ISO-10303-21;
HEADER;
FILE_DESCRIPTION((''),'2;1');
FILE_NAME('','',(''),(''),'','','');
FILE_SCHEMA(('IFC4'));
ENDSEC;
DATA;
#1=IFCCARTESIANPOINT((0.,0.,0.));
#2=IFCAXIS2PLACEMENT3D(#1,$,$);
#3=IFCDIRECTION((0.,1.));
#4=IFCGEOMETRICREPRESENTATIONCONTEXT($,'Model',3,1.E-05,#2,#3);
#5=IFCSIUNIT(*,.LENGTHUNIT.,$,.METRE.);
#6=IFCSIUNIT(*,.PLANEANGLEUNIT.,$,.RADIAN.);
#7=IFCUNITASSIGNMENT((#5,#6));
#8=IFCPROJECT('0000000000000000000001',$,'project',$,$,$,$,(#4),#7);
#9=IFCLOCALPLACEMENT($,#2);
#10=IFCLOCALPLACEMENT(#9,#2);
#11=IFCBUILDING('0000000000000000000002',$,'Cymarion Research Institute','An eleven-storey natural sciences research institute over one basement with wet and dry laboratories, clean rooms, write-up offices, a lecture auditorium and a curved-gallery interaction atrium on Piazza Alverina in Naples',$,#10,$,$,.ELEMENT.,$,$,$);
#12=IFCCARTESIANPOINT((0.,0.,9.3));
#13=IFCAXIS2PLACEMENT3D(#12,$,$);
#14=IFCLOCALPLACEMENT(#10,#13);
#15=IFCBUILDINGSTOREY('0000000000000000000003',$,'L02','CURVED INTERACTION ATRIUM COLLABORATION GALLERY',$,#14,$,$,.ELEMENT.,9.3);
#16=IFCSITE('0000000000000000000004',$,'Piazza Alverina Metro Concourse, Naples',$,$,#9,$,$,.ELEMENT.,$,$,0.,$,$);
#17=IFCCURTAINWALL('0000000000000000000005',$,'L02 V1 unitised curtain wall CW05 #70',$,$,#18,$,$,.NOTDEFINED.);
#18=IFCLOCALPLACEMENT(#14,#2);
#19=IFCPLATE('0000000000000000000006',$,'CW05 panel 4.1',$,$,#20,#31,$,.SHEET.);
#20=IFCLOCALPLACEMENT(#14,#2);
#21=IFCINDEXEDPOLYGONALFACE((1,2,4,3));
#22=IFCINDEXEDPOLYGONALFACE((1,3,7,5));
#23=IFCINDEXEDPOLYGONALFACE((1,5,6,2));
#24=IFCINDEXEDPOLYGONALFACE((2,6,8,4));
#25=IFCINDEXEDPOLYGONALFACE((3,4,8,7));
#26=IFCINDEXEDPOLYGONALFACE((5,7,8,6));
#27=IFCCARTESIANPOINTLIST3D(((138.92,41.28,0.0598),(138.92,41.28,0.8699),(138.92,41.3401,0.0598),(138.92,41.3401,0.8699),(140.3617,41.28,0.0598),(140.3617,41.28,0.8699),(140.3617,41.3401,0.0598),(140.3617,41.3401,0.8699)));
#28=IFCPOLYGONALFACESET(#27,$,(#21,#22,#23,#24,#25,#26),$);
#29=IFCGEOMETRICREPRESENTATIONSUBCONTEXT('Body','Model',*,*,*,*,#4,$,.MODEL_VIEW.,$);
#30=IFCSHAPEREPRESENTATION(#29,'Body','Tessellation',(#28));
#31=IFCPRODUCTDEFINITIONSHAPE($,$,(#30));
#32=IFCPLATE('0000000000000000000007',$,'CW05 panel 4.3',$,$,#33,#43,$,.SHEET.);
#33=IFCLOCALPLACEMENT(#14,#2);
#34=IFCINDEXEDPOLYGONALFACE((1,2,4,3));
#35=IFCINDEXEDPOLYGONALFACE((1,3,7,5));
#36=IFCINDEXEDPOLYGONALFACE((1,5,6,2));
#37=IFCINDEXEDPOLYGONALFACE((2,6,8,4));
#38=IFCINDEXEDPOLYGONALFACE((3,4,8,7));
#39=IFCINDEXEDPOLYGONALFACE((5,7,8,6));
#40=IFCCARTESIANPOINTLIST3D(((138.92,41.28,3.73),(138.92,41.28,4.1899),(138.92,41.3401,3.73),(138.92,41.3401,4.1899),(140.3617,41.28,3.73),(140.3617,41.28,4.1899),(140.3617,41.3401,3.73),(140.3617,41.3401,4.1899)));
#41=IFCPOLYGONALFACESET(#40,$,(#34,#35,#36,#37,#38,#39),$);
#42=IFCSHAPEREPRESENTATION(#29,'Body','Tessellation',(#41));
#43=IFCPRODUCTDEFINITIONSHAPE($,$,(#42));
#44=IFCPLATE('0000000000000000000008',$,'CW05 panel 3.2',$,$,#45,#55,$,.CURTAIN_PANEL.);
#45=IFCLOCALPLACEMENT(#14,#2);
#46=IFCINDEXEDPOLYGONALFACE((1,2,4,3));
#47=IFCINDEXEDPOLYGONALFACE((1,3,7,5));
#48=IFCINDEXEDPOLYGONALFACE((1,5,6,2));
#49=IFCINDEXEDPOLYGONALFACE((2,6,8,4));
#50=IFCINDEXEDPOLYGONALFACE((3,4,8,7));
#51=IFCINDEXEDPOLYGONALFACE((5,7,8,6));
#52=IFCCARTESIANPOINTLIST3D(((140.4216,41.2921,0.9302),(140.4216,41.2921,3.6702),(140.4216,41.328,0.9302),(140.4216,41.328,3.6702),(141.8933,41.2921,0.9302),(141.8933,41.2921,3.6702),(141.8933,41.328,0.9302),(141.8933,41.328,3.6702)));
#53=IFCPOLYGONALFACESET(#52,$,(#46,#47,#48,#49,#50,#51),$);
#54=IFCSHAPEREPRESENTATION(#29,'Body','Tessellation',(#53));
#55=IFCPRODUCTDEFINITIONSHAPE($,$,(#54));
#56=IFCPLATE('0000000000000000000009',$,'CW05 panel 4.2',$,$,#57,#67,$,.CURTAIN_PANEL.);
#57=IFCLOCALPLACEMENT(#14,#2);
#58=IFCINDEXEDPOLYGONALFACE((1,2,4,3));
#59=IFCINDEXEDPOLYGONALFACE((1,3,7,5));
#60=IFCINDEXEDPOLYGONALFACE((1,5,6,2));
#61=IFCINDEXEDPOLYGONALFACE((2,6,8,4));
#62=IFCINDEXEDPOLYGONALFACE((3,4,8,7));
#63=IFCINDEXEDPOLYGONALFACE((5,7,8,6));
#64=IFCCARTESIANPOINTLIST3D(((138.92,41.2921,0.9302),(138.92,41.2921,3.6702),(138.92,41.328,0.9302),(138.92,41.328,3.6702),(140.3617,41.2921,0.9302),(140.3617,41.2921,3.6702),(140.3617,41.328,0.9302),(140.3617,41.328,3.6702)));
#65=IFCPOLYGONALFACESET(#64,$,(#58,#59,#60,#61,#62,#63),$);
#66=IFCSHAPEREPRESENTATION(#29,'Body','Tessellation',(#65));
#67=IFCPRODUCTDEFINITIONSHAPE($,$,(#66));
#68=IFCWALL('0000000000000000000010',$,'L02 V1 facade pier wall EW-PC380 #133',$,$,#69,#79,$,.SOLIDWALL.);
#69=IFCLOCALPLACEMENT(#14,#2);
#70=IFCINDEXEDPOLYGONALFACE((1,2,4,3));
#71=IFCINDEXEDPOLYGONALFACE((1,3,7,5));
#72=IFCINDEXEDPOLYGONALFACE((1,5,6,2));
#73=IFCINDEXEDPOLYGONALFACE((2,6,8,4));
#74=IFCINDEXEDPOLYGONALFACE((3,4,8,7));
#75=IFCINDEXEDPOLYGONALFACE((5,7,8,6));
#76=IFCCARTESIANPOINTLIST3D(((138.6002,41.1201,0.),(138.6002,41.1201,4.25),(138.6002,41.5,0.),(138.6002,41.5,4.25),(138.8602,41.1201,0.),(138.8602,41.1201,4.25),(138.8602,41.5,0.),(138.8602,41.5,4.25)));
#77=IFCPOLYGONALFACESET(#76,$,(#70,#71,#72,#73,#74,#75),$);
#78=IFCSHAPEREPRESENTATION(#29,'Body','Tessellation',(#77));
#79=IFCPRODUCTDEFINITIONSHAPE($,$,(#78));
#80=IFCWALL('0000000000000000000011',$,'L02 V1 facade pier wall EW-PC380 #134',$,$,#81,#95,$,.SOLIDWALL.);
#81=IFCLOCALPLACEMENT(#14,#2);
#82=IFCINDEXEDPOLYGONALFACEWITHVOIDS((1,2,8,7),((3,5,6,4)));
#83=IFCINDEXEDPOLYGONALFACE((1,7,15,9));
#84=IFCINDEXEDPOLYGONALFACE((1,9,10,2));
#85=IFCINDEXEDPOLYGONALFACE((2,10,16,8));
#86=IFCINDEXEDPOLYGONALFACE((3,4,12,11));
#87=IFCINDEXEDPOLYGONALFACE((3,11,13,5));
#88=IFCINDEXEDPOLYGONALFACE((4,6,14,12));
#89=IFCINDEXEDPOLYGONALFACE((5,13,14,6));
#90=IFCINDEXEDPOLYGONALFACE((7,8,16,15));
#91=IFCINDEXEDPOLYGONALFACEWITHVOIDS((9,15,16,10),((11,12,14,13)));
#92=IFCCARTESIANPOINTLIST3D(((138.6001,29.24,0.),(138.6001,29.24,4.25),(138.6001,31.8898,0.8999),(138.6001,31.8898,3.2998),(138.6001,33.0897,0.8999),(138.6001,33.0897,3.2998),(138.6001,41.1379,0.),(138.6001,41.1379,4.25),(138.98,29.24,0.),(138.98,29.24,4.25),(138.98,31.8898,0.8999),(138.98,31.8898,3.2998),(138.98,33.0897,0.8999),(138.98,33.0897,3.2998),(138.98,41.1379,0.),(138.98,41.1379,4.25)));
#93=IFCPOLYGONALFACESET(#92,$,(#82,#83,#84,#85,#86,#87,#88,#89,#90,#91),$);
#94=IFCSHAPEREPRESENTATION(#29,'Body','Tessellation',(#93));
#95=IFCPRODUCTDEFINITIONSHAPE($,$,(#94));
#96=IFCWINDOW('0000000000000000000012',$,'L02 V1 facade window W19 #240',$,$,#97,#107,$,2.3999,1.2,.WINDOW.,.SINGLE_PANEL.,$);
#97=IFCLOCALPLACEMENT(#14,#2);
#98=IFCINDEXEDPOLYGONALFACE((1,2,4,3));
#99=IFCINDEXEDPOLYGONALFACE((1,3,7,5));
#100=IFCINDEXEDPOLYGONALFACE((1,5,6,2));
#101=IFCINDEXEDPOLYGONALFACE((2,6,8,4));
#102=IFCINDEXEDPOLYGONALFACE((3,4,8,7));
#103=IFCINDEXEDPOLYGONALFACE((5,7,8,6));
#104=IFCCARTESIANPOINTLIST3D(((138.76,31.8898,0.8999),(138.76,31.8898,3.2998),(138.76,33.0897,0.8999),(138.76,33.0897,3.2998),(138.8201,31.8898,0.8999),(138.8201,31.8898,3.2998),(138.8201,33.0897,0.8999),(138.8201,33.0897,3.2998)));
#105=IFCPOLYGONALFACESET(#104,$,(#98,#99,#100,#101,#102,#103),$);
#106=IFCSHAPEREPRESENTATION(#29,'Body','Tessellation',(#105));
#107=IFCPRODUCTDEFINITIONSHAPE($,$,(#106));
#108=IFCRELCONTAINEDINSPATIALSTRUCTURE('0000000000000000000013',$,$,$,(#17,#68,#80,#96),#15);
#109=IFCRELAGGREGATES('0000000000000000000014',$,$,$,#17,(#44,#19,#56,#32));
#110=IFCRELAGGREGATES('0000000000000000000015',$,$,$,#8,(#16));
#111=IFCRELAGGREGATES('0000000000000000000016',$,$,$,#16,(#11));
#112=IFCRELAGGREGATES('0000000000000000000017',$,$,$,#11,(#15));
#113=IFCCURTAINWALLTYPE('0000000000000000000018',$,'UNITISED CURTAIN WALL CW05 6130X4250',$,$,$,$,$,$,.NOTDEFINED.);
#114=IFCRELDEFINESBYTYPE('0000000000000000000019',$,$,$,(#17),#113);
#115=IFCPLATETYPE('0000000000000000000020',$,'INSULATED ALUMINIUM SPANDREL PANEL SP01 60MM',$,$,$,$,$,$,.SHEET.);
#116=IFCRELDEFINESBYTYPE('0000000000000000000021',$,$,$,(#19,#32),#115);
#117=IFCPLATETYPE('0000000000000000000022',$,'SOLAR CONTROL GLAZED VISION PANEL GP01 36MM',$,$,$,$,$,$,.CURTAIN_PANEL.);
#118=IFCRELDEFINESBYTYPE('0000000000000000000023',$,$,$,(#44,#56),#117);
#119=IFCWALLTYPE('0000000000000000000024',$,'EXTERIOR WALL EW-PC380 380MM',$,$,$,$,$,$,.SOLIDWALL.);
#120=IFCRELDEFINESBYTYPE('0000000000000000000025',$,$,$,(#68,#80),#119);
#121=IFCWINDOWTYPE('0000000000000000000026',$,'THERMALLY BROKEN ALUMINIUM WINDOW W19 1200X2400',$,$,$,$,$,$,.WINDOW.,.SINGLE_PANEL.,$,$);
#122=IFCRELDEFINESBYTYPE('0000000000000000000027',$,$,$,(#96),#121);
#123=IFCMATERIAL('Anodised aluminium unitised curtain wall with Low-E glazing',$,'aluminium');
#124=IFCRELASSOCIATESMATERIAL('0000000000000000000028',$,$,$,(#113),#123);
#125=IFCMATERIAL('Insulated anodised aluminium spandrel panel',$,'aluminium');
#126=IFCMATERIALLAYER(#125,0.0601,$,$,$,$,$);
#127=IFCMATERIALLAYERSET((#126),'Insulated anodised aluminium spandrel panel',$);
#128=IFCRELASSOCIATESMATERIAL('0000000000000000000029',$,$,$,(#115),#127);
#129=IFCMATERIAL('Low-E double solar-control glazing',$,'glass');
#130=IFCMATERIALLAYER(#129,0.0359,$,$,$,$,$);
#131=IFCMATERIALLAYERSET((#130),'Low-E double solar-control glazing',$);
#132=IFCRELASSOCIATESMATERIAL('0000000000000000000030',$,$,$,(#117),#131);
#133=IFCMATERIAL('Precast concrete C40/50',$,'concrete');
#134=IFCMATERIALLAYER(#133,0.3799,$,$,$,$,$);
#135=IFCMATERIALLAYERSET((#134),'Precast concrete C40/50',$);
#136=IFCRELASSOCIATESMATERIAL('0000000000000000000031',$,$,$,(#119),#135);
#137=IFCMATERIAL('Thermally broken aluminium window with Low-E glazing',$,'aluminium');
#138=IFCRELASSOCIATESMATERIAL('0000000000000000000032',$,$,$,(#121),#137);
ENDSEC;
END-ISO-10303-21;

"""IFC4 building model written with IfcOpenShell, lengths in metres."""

from ifc_helpers import new_model, si_unit, direction, frame, frame_2d, origin, origin_2d, place, context, subcontext, project, spatial, rectangle, extrude, material, layer, layer_set, type_object, element, fill, aggregate, save


model = new_model("IFC4")

# Units and contexts
model_context = context("Model", 3, precision=1e-05, world=origin(), true_north=direction((0.0, 1.0)))
body_context = subcontext(model_context, "Body", "Model", "MODEL_VIEW")
ifc_project = project(units=[si_unit("LENGTHUNIT", "METRE"), si_unit("PLANEANGLEUNIT", "RADIAN")], contexts=[model_context])

# Site, building, storey
site_placement = place(None, origin())
site = spatial("IfcSite", under=ifc_project, at=site_placement, Name="Piazza Alverina Metro Concourse, Naples", CompositionType="ELEMENT", RefElevation=0.0)
building_placement = place(site_placement, origin())
building = spatial("IfcBuilding", under=site, at=building_placement, Name="Cymarion Research Institute", Description="An eleven-storey natural sciences research institute over one basement with wet and dry laboratories, clean rooms, write-up offices, a lecture auditorium and a curved-gallery interaction atrium on Piazza Alverina in Naples", CompositionType="ELEMENT")
storey_placement = place(building_placement, frame((0.0, 0.0, 9.3)))
storey = spatial("IfcBuildingStorey", under=building, at=storey_placement, Name="L02", Description="CURVED INTERACTION ATRIUM COLLABORATION GALLERY", CompositionType="ELEMENT", Elevation=9.3)

# Curtain wall
ifc_material_1 = material(Name="Anodised aluminium unitised curtain wall with Low-E glazing", Category="aluminium")
curtain_wall_type_1 = type_object("IfcCurtainWallType", Name="UNITISED CURTAIN WALL CW05 6130X4250", PredefinedType="NOTDEFINED", material=ifc_material_1)
curtain_wall_1_placement = place(storey_placement, origin())
curtain_wall_1 = element("IfcCurtainWall", 1, at=curtain_wall_1_placement, inside=storey, type_object=curtain_wall_type_1, Name="L02 V1 unitised curtain wall CW05 #70", PredefinedType="NOTDEFINED")

# Plates
ifc_material_2 = material(Name="Insulated anodised aluminium spandrel panel", Category="aluminium")
ifc_layer_1 = layer(ifc_material_2, 0.0601)
ifc_layer_set_1 = layer_set([ifc_layer_1], Name="Insulated anodised aluminium spandrel panel")
plate_type_1 = type_object("IfcPlateType", Name="INSULATED ALUMINIUM SPANDREL PANEL SP01 60MM", PredefinedType="SHEET", material=ifc_layer_set_1)
plate_1_placement = place(storey_placement, frame((139.6409, 41.3101, 0.0598), z_axis=(0.0, 0.0, 1.0), x_axis=(-1.0, 0.0, 0.0)))
plate_1 = element("IfcPlate", 2, at=plate_1_placement, type_object=plate_type_1, Name="CW05 panel 4.1", PredefinedType="SHEET", context=body_context, shape_type="SweptSolid", body=[
    extrude(rectangle(XDim=1.4417, YDim=0.0601, at=origin_2d()), origin(), (0.0, 0.0, 1.0), 0.8101),
])
plate_2_placement = place(storey_placement, frame((139.6409, 41.3101, 3.73), z_axis=(0.0, 0.0, 1.0), x_axis=(-1.0, 0.0, 0.0)))
plate_2 = element("IfcPlate", 3, at=plate_2_placement, type_object=plate_type_1, Name="CW05 panel 4.3", PredefinedType="SHEET", context=body_context, shape_type="SweptSolid", body=[
    extrude(rectangle(XDim=1.4417, YDim=0.0601, at=origin_2d()), origin(), (0.0, 0.0, 1.0), 0.46),
])
ifc_material_3 = material(Name="Low-E double solar-control glazing", Category="glass")
ifc_layer_2 = layer(ifc_material_3, 0.0359)
ifc_layer_set_2 = layer_set([ifc_layer_2], Name="Low-E double solar-control glazing")
plate_type_2 = type_object("IfcPlateType", Name="SOLAR CONTROL GLAZED VISION PANEL GP01 36MM", PredefinedType="CURTAIN_PANEL", material=ifc_layer_set_2)
plate_3_placement = place(storey_placement, frame((141.1575, 41.3101, 0.9302), z_axis=(0.0, 0.0, 1.0), x_axis=(-1.0, 0.0, 0.0)))
plate_3 = element("IfcPlate", 4, at=plate_3_placement, type_object=plate_type_2, Name="CW05 panel 3.2", PredefinedType="CURTAIN_PANEL", context=body_context, shape_type="SweptSolid", body=[
    extrude(rectangle(XDim=1.4717, YDim=0.0359, at=origin_2d()), origin(), (0.0, 0.0, 1.0), 2.74),
])
plate_4_placement = place(storey_placement, frame((139.6409, 41.3101, 0.9302), z_axis=(0.0, 0.0, 1.0), x_axis=(-1.0, 0.0, 0.0)))
plate_4 = element("IfcPlate", 5, at=plate_4_placement, type_object=plate_type_2, Name="CW05 panel 4.2", PredefinedType="CURTAIN_PANEL", context=body_context, shape_type="SweptSolid", body=[
    extrude(rectangle(XDim=1.4417, YDim=0.0359, at=origin_2d()), origin(), (0.0, 0.0, 1.0), 2.74),
])
aggregate(curtain_wall_1, [plate_3, plate_1, plate_4, plate_2])

# Wall
ifc_material_4 = material(Name="Precast concrete C40/50", Category="concrete")
ifc_layer_3 = layer(ifc_material_4, 0.3799)
ifc_layer_set_3 = layer_set([ifc_layer_3], Name="Precast concrete C40/50")
wall_type = type_object("IfcWallType", Name="EXTERIOR WALL EW-PC380 380MM", PredefinedType="SOLIDWALL", material=ifc_layer_set_3)
wall_1_placement = place(storey_placement, frame((138.8601, 41.3101, 0.0), z_axis=(0.0, 0.0, 1.0), x_axis=(-1.0, 0.0, 0.0)))
element("IfcWall", 6, at=wall_1_placement, inside=storey, type_object=wall_type, Name="L02 V1 facade pier wall EW-PC380 #133", PredefinedType="SOLIDWALL", context=body_context, shape_type="SweptSolid", body=[
    extrude(rectangle(XDim=0.26, YDim=0.3799, at=frame_2d((0.1299, 0.0))), origin(), (0.0, 0.0, 1.0), 4.25),
])

# Wall, opening, window
wall_2_placement = place(storey_placement, frame((138.79, 41.1379, 0.0), z_axis=(0.0, 0.0, 1.0), x_axis=(0.0, -1.0, 0.0)))
wall_2 = element("IfcWall", 7, at=wall_2_placement, inside=storey, type_object=wall_type, Name="L02 V1 facade pier wall EW-PC380 #134", PredefinedType="SOLIDWALL", context=body_context, shape_type="SweptSolid", body=[
    extrude(rectangle(XDim=11.8979, YDim=0.3799, at=frame_2d((5.949, 0.0))), origin(), (0.0, 0.0, 1.0), 4.25),
])
opening_placement = place(wall_2_placement, frame((8.0481, 0.0, 0.8999)))
opening = element("IfcOpeningElement", 8, at=opening_placement, cuts=wall_2, PredefinedType="OPENING", context=body_context, shape_type="SweptSolid", body=[
    extrude(rectangle(XDim=1.2, YDim=2.3999, at=frame_2d((0.6001, 1.2))), frame((0.0, 0.2, 0.0), z_axis=(0.0, -1.0, 0.0), x_axis=(1.0, 0.0, 0.0)), (0.0, 0.0, 1.0), 0.3999),
])
ifc_material_5 = material(Name="Thermally broken aluminium window with Low-E glazing", Category="aluminium")
window_type = type_object("IfcWindowType", Name="THERMALLY BROKEN ALUMINIUM WINDOW W19 1200X2400", PartitioningType="SINGLE_PANEL", PredefinedType="WINDOW", material=ifc_material_5)
window_placement = place(opening_placement, origin())
window = element("IfcWindow", 9, at=window_placement, inside=storey, type_object=window_type, Name="L02 V1 facade window W19 #240", OverallHeight=2.3999, OverallWidth=1.2, PartitioningType="SINGLE_PANEL", PredefinedType="WINDOW", context=body_context, shape_type="SweptSolid", body=[
    extrude(rectangle(XDim=1.2, YDim=2.3999, at=frame_2d((0.6001, 1.2))), frame((0.0, 0.03, 0.0), z_axis=(0.0, -1.0, 0.0), x_axis=(1.0, 0.0, 0.0)), (0.0, 0.0, 1.0), 0.0601),
])
fill(opening, window)

save(model, "model.ifc")
